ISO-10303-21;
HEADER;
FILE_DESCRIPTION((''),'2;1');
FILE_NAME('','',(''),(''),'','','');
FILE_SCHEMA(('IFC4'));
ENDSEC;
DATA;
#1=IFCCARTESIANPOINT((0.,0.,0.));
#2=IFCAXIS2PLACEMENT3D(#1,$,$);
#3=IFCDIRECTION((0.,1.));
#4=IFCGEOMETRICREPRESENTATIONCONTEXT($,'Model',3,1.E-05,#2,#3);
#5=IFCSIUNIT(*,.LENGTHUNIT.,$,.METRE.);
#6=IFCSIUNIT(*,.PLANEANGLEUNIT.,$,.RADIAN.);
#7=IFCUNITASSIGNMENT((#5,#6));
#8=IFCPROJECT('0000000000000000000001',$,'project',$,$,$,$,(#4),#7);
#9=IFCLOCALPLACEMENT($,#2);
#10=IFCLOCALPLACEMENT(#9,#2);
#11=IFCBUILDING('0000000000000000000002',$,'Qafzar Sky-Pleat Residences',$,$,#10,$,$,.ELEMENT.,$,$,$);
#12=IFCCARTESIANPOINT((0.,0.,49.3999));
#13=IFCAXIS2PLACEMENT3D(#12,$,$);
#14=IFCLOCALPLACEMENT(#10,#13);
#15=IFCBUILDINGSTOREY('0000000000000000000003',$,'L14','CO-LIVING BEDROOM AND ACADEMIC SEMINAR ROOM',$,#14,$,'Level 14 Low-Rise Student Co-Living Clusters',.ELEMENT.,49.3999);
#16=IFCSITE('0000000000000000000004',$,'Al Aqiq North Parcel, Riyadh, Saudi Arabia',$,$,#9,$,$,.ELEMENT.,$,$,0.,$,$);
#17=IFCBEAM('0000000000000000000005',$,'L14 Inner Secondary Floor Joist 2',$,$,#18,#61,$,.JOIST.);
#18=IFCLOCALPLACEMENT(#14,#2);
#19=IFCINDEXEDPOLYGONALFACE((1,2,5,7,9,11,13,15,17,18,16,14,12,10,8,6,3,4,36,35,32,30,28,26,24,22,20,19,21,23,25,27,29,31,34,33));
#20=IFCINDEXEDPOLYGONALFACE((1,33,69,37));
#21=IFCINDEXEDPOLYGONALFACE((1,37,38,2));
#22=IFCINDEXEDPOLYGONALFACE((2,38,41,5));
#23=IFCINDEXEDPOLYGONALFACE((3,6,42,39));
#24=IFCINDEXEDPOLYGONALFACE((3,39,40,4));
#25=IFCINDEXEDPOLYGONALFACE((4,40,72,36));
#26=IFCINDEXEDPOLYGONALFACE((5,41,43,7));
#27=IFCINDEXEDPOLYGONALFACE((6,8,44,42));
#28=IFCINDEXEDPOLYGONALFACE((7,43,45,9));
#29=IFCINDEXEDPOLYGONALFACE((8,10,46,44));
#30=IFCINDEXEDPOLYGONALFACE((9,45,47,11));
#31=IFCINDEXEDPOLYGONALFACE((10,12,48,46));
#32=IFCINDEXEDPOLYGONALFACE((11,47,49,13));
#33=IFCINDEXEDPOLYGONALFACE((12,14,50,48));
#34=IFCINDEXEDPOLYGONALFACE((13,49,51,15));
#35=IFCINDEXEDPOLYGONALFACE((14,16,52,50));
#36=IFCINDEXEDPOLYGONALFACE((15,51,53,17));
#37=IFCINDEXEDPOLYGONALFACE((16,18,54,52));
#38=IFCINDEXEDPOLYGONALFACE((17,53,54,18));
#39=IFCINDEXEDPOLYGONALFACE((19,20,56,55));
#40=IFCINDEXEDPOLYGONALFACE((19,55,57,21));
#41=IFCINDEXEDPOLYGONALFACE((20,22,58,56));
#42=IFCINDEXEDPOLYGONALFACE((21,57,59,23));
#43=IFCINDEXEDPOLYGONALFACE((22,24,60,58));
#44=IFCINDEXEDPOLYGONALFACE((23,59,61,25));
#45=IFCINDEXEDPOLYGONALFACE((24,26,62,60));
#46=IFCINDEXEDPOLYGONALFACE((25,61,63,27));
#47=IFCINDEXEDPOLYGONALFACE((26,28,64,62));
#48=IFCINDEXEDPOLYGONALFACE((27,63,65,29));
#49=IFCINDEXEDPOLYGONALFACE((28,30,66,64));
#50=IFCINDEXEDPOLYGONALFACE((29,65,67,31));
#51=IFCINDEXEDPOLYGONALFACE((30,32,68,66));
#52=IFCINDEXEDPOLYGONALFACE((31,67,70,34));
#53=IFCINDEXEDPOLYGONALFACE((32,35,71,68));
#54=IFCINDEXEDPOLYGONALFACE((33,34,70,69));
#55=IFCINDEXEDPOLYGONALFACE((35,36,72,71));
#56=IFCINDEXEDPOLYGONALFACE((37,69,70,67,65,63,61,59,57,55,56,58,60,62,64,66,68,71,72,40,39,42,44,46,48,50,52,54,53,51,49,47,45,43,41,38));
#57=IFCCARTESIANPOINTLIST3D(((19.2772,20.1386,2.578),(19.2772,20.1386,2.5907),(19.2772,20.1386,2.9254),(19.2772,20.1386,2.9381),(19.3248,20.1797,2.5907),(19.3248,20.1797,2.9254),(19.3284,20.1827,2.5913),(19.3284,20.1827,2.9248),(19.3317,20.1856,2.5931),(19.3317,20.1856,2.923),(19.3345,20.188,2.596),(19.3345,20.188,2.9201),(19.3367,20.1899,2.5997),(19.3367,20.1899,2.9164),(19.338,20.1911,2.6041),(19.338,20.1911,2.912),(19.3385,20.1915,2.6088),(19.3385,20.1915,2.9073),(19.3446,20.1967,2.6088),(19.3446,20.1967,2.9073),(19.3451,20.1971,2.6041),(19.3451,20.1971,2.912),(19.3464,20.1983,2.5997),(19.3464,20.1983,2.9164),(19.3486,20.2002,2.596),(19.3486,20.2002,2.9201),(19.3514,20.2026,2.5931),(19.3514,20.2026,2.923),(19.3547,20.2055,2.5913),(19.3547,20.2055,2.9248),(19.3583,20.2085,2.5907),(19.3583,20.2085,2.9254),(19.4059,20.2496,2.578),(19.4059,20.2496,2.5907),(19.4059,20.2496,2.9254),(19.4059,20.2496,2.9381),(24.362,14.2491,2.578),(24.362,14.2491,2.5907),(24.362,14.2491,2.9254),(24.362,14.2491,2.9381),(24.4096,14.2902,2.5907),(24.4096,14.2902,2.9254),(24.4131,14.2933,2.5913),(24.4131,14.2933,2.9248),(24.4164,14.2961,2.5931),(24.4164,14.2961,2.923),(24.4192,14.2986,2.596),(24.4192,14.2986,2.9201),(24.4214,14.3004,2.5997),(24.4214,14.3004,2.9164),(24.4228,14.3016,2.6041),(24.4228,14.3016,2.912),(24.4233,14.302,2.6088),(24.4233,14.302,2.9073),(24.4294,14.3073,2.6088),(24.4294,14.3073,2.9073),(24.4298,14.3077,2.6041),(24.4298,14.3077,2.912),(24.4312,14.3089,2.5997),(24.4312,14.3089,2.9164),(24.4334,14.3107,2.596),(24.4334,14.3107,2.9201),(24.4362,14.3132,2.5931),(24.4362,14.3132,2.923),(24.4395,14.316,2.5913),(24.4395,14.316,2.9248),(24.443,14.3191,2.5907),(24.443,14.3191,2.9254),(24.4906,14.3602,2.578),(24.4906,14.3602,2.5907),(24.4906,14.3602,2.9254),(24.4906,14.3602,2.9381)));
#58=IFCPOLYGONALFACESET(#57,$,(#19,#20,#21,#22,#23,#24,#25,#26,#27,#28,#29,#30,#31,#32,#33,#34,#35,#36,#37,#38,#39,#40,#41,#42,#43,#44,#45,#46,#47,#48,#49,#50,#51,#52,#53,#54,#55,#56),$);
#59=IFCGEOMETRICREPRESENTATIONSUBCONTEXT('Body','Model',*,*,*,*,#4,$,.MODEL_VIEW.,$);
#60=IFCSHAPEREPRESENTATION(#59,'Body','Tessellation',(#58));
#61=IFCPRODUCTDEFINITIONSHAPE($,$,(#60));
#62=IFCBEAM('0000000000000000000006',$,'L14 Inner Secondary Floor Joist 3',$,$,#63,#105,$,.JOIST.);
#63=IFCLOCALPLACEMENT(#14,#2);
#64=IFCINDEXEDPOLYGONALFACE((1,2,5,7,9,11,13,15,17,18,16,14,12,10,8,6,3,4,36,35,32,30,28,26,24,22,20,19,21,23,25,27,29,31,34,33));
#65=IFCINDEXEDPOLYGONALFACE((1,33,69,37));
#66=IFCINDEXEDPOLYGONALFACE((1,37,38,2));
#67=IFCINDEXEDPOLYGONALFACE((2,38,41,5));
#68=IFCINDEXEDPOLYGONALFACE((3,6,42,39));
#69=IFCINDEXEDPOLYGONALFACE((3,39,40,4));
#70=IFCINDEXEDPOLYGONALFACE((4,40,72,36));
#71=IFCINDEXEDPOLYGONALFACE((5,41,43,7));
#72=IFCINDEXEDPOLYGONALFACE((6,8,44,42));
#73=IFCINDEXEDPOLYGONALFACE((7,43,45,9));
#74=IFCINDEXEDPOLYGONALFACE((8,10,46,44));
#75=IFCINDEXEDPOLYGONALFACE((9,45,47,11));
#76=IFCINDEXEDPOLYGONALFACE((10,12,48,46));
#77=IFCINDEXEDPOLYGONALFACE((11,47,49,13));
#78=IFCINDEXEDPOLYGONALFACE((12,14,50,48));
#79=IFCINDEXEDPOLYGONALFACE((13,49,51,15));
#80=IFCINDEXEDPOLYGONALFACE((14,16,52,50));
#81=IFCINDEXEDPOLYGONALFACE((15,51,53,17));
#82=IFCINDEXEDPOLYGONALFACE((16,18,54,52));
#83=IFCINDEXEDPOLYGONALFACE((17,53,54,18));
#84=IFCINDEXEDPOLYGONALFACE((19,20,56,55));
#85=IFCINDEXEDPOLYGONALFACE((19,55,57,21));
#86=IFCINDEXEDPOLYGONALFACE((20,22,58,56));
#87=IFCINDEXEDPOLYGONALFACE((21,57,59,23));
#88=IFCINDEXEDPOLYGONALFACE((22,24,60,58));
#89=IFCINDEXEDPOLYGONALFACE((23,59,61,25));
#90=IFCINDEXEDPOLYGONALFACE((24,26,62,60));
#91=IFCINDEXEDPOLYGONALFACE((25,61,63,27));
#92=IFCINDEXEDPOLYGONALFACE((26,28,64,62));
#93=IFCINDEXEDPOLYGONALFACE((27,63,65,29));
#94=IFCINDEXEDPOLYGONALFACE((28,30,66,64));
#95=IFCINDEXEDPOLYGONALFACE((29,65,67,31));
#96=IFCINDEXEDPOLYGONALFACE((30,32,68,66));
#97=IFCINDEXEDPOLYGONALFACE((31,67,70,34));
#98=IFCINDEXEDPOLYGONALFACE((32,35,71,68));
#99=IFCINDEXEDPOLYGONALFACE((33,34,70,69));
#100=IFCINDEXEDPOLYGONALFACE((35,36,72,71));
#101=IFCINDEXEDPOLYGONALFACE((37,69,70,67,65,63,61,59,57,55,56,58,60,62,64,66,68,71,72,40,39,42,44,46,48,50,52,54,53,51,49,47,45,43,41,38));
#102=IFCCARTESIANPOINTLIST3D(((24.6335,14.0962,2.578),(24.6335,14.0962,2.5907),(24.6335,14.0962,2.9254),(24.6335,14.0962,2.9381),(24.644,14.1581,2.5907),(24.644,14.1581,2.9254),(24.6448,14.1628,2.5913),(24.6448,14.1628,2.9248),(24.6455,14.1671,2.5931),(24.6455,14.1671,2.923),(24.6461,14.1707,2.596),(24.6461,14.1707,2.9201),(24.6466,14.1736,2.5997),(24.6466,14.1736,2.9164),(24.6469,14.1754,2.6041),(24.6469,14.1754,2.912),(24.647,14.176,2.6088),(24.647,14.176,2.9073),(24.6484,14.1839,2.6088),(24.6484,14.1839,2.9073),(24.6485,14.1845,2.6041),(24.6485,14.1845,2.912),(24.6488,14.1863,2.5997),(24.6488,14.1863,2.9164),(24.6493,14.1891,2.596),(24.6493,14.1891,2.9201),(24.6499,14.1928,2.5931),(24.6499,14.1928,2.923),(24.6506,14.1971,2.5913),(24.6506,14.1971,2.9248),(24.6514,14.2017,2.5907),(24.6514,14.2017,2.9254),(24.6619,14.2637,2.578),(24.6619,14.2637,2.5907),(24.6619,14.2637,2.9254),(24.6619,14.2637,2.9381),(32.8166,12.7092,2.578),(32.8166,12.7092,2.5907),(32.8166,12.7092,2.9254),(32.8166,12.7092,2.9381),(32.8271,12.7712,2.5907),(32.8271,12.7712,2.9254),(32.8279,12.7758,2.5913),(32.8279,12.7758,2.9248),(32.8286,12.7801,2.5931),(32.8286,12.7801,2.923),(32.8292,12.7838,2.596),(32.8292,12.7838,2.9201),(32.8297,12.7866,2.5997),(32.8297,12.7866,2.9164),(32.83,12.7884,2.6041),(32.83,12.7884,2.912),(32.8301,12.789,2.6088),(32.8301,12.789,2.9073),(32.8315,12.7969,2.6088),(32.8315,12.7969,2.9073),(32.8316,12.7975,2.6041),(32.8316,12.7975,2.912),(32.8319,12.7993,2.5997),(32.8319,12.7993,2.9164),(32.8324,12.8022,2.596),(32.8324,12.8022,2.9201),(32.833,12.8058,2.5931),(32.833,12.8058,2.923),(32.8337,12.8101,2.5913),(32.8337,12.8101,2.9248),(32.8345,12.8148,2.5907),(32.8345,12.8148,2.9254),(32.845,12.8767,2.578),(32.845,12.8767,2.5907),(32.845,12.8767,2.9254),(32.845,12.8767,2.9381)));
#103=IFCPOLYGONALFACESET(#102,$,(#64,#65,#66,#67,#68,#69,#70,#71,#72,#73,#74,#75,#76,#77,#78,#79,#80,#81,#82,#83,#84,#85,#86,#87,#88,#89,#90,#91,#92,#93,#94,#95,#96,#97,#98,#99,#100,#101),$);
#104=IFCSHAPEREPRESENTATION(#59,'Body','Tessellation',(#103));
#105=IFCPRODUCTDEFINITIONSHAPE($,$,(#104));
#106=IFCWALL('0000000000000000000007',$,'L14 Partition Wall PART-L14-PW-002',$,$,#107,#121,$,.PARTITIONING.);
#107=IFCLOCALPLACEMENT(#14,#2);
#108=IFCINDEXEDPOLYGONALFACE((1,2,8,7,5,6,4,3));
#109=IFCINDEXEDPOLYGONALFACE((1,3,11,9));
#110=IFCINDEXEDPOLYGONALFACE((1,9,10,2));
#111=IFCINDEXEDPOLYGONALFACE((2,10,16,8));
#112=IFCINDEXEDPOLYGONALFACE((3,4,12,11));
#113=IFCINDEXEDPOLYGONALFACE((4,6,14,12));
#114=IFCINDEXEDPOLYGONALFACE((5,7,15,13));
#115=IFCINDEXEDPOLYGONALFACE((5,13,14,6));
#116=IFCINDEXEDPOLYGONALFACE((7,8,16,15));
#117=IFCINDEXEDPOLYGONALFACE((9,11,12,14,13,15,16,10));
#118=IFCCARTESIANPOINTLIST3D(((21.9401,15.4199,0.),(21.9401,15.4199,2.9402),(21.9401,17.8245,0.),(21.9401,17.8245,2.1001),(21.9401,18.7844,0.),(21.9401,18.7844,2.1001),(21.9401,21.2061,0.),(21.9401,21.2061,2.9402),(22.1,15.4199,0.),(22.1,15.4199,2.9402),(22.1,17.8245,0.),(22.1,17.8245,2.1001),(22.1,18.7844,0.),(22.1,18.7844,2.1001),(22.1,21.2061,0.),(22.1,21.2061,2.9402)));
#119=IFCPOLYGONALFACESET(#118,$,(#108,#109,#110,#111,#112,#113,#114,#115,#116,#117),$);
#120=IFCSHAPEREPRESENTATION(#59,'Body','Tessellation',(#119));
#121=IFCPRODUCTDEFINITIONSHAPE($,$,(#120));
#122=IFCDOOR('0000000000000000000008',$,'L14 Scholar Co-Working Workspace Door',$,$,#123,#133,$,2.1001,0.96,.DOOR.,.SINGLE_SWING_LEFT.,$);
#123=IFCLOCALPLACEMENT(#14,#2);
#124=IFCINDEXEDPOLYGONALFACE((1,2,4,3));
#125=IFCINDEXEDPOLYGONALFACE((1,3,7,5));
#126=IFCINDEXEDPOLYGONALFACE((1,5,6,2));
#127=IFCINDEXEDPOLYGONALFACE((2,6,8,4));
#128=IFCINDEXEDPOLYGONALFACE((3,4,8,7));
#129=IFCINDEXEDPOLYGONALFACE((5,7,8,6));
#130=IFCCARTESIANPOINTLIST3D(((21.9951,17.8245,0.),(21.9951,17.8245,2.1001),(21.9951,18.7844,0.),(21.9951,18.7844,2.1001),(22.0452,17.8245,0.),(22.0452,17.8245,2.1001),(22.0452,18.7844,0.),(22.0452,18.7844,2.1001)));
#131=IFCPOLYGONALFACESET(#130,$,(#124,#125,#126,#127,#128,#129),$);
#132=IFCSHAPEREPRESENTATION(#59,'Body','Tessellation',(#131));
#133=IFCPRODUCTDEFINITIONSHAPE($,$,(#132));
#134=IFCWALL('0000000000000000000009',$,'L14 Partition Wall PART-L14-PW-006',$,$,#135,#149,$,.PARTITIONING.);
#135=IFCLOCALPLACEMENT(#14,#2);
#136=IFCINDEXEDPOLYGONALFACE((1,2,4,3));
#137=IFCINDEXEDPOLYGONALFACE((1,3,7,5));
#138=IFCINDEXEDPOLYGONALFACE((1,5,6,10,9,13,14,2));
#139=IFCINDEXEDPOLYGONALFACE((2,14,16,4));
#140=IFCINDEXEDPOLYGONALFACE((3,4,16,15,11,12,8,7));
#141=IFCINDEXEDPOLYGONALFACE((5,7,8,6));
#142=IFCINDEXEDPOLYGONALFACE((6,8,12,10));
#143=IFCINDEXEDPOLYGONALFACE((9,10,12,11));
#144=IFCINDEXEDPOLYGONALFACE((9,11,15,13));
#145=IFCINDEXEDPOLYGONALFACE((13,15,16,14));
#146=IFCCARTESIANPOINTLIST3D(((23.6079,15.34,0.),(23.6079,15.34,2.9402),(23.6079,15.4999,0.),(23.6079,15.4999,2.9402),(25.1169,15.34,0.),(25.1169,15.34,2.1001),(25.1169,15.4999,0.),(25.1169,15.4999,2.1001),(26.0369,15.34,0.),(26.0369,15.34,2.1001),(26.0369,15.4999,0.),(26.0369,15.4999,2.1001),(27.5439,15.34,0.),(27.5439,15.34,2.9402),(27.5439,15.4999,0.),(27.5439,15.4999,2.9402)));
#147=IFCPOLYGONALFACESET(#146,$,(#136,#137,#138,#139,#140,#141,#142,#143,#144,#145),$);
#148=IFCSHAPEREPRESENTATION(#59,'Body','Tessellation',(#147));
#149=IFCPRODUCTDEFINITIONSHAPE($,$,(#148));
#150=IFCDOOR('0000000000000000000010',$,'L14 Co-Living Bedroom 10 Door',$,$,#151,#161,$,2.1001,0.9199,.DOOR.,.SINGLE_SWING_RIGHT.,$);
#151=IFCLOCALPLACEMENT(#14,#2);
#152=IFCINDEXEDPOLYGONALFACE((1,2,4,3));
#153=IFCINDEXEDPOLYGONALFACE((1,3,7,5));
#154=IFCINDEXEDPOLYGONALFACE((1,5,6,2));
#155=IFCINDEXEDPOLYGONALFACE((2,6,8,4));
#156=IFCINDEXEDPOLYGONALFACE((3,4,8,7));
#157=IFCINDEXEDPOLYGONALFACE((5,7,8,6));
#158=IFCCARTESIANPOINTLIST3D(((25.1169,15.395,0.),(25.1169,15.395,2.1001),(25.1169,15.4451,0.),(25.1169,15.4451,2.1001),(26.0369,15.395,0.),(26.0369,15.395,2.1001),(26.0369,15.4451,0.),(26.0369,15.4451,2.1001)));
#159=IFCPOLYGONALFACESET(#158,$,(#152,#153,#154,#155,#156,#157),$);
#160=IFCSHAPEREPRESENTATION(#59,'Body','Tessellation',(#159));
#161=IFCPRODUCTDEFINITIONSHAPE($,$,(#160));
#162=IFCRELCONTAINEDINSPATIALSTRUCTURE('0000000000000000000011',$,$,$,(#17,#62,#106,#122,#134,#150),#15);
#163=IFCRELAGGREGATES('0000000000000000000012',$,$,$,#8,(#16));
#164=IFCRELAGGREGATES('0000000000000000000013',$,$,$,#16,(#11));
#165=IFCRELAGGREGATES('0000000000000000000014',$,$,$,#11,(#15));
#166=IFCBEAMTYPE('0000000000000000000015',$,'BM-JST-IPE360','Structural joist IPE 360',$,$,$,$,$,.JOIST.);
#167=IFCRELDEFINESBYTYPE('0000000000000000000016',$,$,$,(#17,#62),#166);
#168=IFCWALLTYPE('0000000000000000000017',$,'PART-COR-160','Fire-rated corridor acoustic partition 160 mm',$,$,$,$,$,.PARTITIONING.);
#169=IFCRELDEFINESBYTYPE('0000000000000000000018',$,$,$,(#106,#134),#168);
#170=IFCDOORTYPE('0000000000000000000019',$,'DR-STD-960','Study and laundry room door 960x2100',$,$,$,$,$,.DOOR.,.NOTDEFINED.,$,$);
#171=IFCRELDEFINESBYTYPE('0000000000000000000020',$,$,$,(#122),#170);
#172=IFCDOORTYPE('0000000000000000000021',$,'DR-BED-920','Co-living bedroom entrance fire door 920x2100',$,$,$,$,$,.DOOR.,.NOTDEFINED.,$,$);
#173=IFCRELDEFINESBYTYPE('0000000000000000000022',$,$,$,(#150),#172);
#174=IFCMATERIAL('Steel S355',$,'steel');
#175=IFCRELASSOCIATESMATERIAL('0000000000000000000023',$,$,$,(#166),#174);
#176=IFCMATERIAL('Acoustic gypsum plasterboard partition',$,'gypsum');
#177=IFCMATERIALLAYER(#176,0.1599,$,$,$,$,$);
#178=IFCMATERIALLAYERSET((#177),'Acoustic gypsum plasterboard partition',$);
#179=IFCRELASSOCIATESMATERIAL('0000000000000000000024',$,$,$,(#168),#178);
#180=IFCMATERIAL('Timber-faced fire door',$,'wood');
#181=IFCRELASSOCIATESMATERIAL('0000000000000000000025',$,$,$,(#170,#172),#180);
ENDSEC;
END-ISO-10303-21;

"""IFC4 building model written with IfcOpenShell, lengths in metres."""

from ifc_helpers import new_model, si_unit, direction, frame, frame_2d, origin, origin_2d, place, context, subcontext, project, spatial, rectangle, i_section, extrude, source, transform, mapped, material, layer, layer_set, material_profile, profile_set, type_object, element, fill, save


model = new_model("IFC4")

# Units and contexts
model_context = context("Model", 3, precision=1e-05, world=origin(), true_north=direction((0.0, 1.0)))
body_context = subcontext(model_context, "Body", "Model", "MODEL_VIEW")
ifc_project = project(units=[si_unit("LENGTHUNIT", "METRE"), si_unit("PLANEANGLEUNIT", "RADIAN")], contexts=[model_context])

# Site, building, storey
site_placement = place(None, origin())
site = spatial("IfcSite", under=ifc_project, at=site_placement, Name="Al Aqiq North Parcel, Riyadh, Saudi Arabia", CompositionType="ELEMENT", RefElevation=0.0)
building_placement = place(site_placement, origin())
building = spatial("IfcBuilding", under=site, at=building_placement, Name="Qafzar Sky-Pleat Residences", CompositionType="ELEMENT")
storey_placement = place(building_placement, frame((0.0, 0.0, 49.3999)))
storey = spatial("IfcBuildingStorey", under=building, at=storey_placement, Name="L14", Description="CO-LIVING BEDROOM AND ACADEMIC SEMINAR ROOM", LongName="Level 14 Low-Rise Student Co-Living Clusters", CompositionType="ELEMENT", Elevation=49.3999)

# Beams
ifc_material_1 = material(Name="Steel S355", Category="steel")
ifc_material_profile = material_profile(ifc_material_1, i_section(OverallWidth=0.1699, OverallDepth=0.3601, WebThickness=0.0081, FlangeThickness=0.0127, FilletRadius=0.0181, at=origin_2d()), Name="IPE 360")
ifc_profile_set = profile_set([ifc_material_profile], Name="Steel S355")
beam_type = type_object("IfcBeamType", Name="BM-JST-IPE360", Description="Structural joist IPE 360", PredefinedType="JOIST", material=ifc_profile_set)
shared_shape_1 = source(origin(), body_context, "Body", "SweptSolid", [
    extrude(i_section(OverallWidth=0.1699, OverallDepth=0.3601, WebThickness=0.0081, FlangeThickness=0.0127, FilletRadius=0.0181, at=origin_2d()), origin(), (0.0, 0.0, 1.0), 7.7808),
])
beam_1_placement = place(storey_placement, frame((19.3416, 20.1941, 2.7581), z_axis=(0.653503, -0.756924, 0.0), x_axis=(0.756924, 0.653503, 0.0)))
element("IfcBeam", 1, at=beam_1_placement, inside=storey, type_object=beam_type, Name="L14 Inner Secondary Floor Joist 2", PredefinedType="JOIST", context=body_context, shape_type="MappedRepresentation", body=[
    mapped(shared_shape_1, transform((0.0, 0.0, 0.0), x_axis=(1.0, 0.0, 0.0), y_axis=(0.0, 1.0, 0.0), z_axis=(0.0, 0.0, 1.0), scale=1.0)),
])
shared_shape_2 = source(origin(), body_context, "Body", "SweptSolid", [
    extrude(i_section(OverallWidth=0.1699, OverallDepth=0.3601, WebThickness=0.0081, FlangeThickness=0.0127, FilletRadius=0.0181, at=origin_2d()), origin(), (0.0, 0.0, 1.0), 8.2998),
])
beam_2_placement = place(storey_placement, frame((24.6477, 14.1799, 2.7581), z_axis=(0.985939, -0.167108, 0.0), x_axis=(0.167108, 0.985939, 0.0)))
element("IfcBeam", 2, at=beam_2_placement, inside=storey, type_object=beam_type, Name="L14 Inner Secondary Floor Joist 3", PredefinedType="JOIST", context=body_context, shape_type="MappedRepresentation", body=[
    mapped(shared_shape_2, transform((0.0, 0.0, 0.0), x_axis=(1.0, 0.0, 0.0), y_axis=(0.0, 1.0, 0.0), z_axis=(0.0, 0.0, 1.0), scale=1.0)),
])

# Walls, openings, doors
ifc_material_2 = material(Name="Acoustic gypsum plasterboard partition", Category="gypsum")
ifc_layer_1 = layer(ifc_material_2, 0.1599)
ifc_layer_set_1 = layer_set([ifc_layer_1], Name="Acoustic gypsum plasterboard partition")
wall_type_1 = type_object("IfcWallType", Name="PART-COR-160", Description="Fire-rated corridor acoustic partition 160 mm", PredefinedType="PARTITIONING", material=ifc_layer_set_1)
wall_1_placement = place(storey_placement, frame((22.02, 15.4199, 0.0), z_axis=(0.0, 0.0, 1.0), x_axis=(0.0, 1.0, 0.0)))
wall_1 = element("IfcWall", 3, at=wall_1_placement, inside=storey, type_object=wall_type_1, Name="L14 Partition Wall PART-L14-PW-002", PredefinedType="PARTITIONING", context=body_context, shape_type="SweptSolid", body=[
    extrude(rectangle(XDim=5.7861, YDim=0.1599, at=frame_2d((2.8931, 0.0))), origin(), (0.0, 0.0, 1.0), 2.9402),
])
opening_1_placement = place(wall_1_placement, frame((2.4045, 0.0, 0.0)))
opening_1 = element("IfcOpeningElement", 4, at=opening_1_placement, cuts=wall_1, PredefinedType="OPENING", context=body_context, shape_type="SweptSolid", body=[
    extrude(rectangle(XDim=0.96, YDim=2.1001, at=frame_2d((0.48, 1.05))), frame((0.0, 0.0898, 0.0), z_axis=(0.0, -1.0, 0.0), x_axis=(1.0, 0.0, 0.0)), (0.0, 0.0, 1.0), 0.1799),
])
ifc_material_3 = material(Name="Timber-faced fire door", Category="wood")
door_type_1 = type_object("IfcDoorType", Name="DR-STD-960", Description="Study and laundry room door 960x2100", OperationType="NOTDEFINED", PredefinedType="DOOR", material=ifc_material_3)
shared_shape_3 = source(origin(), body_context, "Body", "SweptSolid", [
    extrude(rectangle(XDim=0.96, YDim=2.1001, at=frame_2d((0.48, 1.05))), frame((0.0, 0.0249, 0.0), z_axis=(0.0, -1.0, 0.0), x_axis=(1.0, 0.0, 0.0)), (0.0, 0.0, 1.0), 0.05),
])
door_1_placement = place(opening_1_placement, origin())
door_1 = element("IfcDoor", 5, at=door_1_placement, inside=storey, type_object=door_type_1, Name="L14 Scholar Co-Working Workspace Door", OperationType="SINGLE_SWING_LEFT", OverallHeight=2.1001, OverallWidth=0.96, PredefinedType="DOOR", context=body_context, shape_type="MappedRepresentation", body=[
    mapped(shared_shape_3, transform((0.0, 0.0, 0.0), x_axis=(1.0, 0.0, 0.0), y_axis=(0.0, 1.0, 0.0), z_axis=(0.0, 0.0, 1.0), scale=1.0)),
])
fill(opening_1, door_1)
wall_2_placement = place(storey_placement, frame((27.5439, 15.4199, 0.0), z_axis=(0.0, 0.0, 1.0), x_axis=(-1.0, 0.0, 0.0)))
wall_2 = element("IfcWall", 6, at=wall_2_placement, inside=storey, type_object=wall_type_1, Name="L14 Partition Wall PART-L14-PW-006", PredefinedType="PARTITIONING", context=body_context, shape_type="SweptSolid", body=[
    extrude(rectangle(XDim=3.936, YDim=0.1599, at=frame_2d((1.968, 0.0))), origin(), (0.0, 0.0, 1.0), 2.9402),
])
opening_2_placement = place(wall_2_placement, frame((1.5071, 0.0, 0.0)))
opening_2 = element("IfcOpeningElement", 7, at=opening_2_placement, cuts=wall_2, PredefinedType="OPENING", context=body_context, shape_type="SweptSolid", body=[
    extrude(rectangle(XDim=0.9199, YDim=2.1001, at=frame_2d((0.46, 1.05))), frame((0.0, 0.0898, 0.0), z_axis=(0.0, -1.0, 0.0), x_axis=(1.0, 0.0, 0.0)), (0.0, 0.0, 1.0), 0.1799),
])
door_type_2 = type_object("IfcDoorType", Name="DR-BED-920", Description="Co-living bedroom entrance fire door 920x2100", OperationType="NOTDEFINED", PredefinedType="DOOR", material=ifc_material_3)
shared_shape_4 = source(origin(), body_context, "Body", "SweptSolid", [
    extrude(rectangle(XDim=0.9199, YDim=2.1001, at=frame_2d((0.46, 1.05))), frame((0.0, 0.0249, 0.0), z_axis=(0.0, -1.0, 0.0), x_axis=(1.0, 0.0, 0.0)), (0.0, 0.0, 1.0), 0.05),
])
door_2_placement = place(opening_2_placement, origin())
door_2 = element("IfcDoor", 8, at=door_2_placement, inside=storey, type_object=door_type_2, Name="L14 Co-Living Bedroom 10 Door", OperationType="SINGLE_SWING_RIGHT", OverallHeight=2.1001, OverallWidth=0.9199, PredefinedType="DOOR", context=body_context, shape_type="MappedRepresentation", body=[
    mapped(shared_shape_4, transform((0.0, 0.0, 0.0), x_axis=(1.0, 0.0, 0.0), y_axis=(0.0, 1.0, 0.0), z_axis=(0.0, 0.0, 1.0), scale=1.0)),
])
fill(opening_2, door_2)

save(model, "model.ifc")
